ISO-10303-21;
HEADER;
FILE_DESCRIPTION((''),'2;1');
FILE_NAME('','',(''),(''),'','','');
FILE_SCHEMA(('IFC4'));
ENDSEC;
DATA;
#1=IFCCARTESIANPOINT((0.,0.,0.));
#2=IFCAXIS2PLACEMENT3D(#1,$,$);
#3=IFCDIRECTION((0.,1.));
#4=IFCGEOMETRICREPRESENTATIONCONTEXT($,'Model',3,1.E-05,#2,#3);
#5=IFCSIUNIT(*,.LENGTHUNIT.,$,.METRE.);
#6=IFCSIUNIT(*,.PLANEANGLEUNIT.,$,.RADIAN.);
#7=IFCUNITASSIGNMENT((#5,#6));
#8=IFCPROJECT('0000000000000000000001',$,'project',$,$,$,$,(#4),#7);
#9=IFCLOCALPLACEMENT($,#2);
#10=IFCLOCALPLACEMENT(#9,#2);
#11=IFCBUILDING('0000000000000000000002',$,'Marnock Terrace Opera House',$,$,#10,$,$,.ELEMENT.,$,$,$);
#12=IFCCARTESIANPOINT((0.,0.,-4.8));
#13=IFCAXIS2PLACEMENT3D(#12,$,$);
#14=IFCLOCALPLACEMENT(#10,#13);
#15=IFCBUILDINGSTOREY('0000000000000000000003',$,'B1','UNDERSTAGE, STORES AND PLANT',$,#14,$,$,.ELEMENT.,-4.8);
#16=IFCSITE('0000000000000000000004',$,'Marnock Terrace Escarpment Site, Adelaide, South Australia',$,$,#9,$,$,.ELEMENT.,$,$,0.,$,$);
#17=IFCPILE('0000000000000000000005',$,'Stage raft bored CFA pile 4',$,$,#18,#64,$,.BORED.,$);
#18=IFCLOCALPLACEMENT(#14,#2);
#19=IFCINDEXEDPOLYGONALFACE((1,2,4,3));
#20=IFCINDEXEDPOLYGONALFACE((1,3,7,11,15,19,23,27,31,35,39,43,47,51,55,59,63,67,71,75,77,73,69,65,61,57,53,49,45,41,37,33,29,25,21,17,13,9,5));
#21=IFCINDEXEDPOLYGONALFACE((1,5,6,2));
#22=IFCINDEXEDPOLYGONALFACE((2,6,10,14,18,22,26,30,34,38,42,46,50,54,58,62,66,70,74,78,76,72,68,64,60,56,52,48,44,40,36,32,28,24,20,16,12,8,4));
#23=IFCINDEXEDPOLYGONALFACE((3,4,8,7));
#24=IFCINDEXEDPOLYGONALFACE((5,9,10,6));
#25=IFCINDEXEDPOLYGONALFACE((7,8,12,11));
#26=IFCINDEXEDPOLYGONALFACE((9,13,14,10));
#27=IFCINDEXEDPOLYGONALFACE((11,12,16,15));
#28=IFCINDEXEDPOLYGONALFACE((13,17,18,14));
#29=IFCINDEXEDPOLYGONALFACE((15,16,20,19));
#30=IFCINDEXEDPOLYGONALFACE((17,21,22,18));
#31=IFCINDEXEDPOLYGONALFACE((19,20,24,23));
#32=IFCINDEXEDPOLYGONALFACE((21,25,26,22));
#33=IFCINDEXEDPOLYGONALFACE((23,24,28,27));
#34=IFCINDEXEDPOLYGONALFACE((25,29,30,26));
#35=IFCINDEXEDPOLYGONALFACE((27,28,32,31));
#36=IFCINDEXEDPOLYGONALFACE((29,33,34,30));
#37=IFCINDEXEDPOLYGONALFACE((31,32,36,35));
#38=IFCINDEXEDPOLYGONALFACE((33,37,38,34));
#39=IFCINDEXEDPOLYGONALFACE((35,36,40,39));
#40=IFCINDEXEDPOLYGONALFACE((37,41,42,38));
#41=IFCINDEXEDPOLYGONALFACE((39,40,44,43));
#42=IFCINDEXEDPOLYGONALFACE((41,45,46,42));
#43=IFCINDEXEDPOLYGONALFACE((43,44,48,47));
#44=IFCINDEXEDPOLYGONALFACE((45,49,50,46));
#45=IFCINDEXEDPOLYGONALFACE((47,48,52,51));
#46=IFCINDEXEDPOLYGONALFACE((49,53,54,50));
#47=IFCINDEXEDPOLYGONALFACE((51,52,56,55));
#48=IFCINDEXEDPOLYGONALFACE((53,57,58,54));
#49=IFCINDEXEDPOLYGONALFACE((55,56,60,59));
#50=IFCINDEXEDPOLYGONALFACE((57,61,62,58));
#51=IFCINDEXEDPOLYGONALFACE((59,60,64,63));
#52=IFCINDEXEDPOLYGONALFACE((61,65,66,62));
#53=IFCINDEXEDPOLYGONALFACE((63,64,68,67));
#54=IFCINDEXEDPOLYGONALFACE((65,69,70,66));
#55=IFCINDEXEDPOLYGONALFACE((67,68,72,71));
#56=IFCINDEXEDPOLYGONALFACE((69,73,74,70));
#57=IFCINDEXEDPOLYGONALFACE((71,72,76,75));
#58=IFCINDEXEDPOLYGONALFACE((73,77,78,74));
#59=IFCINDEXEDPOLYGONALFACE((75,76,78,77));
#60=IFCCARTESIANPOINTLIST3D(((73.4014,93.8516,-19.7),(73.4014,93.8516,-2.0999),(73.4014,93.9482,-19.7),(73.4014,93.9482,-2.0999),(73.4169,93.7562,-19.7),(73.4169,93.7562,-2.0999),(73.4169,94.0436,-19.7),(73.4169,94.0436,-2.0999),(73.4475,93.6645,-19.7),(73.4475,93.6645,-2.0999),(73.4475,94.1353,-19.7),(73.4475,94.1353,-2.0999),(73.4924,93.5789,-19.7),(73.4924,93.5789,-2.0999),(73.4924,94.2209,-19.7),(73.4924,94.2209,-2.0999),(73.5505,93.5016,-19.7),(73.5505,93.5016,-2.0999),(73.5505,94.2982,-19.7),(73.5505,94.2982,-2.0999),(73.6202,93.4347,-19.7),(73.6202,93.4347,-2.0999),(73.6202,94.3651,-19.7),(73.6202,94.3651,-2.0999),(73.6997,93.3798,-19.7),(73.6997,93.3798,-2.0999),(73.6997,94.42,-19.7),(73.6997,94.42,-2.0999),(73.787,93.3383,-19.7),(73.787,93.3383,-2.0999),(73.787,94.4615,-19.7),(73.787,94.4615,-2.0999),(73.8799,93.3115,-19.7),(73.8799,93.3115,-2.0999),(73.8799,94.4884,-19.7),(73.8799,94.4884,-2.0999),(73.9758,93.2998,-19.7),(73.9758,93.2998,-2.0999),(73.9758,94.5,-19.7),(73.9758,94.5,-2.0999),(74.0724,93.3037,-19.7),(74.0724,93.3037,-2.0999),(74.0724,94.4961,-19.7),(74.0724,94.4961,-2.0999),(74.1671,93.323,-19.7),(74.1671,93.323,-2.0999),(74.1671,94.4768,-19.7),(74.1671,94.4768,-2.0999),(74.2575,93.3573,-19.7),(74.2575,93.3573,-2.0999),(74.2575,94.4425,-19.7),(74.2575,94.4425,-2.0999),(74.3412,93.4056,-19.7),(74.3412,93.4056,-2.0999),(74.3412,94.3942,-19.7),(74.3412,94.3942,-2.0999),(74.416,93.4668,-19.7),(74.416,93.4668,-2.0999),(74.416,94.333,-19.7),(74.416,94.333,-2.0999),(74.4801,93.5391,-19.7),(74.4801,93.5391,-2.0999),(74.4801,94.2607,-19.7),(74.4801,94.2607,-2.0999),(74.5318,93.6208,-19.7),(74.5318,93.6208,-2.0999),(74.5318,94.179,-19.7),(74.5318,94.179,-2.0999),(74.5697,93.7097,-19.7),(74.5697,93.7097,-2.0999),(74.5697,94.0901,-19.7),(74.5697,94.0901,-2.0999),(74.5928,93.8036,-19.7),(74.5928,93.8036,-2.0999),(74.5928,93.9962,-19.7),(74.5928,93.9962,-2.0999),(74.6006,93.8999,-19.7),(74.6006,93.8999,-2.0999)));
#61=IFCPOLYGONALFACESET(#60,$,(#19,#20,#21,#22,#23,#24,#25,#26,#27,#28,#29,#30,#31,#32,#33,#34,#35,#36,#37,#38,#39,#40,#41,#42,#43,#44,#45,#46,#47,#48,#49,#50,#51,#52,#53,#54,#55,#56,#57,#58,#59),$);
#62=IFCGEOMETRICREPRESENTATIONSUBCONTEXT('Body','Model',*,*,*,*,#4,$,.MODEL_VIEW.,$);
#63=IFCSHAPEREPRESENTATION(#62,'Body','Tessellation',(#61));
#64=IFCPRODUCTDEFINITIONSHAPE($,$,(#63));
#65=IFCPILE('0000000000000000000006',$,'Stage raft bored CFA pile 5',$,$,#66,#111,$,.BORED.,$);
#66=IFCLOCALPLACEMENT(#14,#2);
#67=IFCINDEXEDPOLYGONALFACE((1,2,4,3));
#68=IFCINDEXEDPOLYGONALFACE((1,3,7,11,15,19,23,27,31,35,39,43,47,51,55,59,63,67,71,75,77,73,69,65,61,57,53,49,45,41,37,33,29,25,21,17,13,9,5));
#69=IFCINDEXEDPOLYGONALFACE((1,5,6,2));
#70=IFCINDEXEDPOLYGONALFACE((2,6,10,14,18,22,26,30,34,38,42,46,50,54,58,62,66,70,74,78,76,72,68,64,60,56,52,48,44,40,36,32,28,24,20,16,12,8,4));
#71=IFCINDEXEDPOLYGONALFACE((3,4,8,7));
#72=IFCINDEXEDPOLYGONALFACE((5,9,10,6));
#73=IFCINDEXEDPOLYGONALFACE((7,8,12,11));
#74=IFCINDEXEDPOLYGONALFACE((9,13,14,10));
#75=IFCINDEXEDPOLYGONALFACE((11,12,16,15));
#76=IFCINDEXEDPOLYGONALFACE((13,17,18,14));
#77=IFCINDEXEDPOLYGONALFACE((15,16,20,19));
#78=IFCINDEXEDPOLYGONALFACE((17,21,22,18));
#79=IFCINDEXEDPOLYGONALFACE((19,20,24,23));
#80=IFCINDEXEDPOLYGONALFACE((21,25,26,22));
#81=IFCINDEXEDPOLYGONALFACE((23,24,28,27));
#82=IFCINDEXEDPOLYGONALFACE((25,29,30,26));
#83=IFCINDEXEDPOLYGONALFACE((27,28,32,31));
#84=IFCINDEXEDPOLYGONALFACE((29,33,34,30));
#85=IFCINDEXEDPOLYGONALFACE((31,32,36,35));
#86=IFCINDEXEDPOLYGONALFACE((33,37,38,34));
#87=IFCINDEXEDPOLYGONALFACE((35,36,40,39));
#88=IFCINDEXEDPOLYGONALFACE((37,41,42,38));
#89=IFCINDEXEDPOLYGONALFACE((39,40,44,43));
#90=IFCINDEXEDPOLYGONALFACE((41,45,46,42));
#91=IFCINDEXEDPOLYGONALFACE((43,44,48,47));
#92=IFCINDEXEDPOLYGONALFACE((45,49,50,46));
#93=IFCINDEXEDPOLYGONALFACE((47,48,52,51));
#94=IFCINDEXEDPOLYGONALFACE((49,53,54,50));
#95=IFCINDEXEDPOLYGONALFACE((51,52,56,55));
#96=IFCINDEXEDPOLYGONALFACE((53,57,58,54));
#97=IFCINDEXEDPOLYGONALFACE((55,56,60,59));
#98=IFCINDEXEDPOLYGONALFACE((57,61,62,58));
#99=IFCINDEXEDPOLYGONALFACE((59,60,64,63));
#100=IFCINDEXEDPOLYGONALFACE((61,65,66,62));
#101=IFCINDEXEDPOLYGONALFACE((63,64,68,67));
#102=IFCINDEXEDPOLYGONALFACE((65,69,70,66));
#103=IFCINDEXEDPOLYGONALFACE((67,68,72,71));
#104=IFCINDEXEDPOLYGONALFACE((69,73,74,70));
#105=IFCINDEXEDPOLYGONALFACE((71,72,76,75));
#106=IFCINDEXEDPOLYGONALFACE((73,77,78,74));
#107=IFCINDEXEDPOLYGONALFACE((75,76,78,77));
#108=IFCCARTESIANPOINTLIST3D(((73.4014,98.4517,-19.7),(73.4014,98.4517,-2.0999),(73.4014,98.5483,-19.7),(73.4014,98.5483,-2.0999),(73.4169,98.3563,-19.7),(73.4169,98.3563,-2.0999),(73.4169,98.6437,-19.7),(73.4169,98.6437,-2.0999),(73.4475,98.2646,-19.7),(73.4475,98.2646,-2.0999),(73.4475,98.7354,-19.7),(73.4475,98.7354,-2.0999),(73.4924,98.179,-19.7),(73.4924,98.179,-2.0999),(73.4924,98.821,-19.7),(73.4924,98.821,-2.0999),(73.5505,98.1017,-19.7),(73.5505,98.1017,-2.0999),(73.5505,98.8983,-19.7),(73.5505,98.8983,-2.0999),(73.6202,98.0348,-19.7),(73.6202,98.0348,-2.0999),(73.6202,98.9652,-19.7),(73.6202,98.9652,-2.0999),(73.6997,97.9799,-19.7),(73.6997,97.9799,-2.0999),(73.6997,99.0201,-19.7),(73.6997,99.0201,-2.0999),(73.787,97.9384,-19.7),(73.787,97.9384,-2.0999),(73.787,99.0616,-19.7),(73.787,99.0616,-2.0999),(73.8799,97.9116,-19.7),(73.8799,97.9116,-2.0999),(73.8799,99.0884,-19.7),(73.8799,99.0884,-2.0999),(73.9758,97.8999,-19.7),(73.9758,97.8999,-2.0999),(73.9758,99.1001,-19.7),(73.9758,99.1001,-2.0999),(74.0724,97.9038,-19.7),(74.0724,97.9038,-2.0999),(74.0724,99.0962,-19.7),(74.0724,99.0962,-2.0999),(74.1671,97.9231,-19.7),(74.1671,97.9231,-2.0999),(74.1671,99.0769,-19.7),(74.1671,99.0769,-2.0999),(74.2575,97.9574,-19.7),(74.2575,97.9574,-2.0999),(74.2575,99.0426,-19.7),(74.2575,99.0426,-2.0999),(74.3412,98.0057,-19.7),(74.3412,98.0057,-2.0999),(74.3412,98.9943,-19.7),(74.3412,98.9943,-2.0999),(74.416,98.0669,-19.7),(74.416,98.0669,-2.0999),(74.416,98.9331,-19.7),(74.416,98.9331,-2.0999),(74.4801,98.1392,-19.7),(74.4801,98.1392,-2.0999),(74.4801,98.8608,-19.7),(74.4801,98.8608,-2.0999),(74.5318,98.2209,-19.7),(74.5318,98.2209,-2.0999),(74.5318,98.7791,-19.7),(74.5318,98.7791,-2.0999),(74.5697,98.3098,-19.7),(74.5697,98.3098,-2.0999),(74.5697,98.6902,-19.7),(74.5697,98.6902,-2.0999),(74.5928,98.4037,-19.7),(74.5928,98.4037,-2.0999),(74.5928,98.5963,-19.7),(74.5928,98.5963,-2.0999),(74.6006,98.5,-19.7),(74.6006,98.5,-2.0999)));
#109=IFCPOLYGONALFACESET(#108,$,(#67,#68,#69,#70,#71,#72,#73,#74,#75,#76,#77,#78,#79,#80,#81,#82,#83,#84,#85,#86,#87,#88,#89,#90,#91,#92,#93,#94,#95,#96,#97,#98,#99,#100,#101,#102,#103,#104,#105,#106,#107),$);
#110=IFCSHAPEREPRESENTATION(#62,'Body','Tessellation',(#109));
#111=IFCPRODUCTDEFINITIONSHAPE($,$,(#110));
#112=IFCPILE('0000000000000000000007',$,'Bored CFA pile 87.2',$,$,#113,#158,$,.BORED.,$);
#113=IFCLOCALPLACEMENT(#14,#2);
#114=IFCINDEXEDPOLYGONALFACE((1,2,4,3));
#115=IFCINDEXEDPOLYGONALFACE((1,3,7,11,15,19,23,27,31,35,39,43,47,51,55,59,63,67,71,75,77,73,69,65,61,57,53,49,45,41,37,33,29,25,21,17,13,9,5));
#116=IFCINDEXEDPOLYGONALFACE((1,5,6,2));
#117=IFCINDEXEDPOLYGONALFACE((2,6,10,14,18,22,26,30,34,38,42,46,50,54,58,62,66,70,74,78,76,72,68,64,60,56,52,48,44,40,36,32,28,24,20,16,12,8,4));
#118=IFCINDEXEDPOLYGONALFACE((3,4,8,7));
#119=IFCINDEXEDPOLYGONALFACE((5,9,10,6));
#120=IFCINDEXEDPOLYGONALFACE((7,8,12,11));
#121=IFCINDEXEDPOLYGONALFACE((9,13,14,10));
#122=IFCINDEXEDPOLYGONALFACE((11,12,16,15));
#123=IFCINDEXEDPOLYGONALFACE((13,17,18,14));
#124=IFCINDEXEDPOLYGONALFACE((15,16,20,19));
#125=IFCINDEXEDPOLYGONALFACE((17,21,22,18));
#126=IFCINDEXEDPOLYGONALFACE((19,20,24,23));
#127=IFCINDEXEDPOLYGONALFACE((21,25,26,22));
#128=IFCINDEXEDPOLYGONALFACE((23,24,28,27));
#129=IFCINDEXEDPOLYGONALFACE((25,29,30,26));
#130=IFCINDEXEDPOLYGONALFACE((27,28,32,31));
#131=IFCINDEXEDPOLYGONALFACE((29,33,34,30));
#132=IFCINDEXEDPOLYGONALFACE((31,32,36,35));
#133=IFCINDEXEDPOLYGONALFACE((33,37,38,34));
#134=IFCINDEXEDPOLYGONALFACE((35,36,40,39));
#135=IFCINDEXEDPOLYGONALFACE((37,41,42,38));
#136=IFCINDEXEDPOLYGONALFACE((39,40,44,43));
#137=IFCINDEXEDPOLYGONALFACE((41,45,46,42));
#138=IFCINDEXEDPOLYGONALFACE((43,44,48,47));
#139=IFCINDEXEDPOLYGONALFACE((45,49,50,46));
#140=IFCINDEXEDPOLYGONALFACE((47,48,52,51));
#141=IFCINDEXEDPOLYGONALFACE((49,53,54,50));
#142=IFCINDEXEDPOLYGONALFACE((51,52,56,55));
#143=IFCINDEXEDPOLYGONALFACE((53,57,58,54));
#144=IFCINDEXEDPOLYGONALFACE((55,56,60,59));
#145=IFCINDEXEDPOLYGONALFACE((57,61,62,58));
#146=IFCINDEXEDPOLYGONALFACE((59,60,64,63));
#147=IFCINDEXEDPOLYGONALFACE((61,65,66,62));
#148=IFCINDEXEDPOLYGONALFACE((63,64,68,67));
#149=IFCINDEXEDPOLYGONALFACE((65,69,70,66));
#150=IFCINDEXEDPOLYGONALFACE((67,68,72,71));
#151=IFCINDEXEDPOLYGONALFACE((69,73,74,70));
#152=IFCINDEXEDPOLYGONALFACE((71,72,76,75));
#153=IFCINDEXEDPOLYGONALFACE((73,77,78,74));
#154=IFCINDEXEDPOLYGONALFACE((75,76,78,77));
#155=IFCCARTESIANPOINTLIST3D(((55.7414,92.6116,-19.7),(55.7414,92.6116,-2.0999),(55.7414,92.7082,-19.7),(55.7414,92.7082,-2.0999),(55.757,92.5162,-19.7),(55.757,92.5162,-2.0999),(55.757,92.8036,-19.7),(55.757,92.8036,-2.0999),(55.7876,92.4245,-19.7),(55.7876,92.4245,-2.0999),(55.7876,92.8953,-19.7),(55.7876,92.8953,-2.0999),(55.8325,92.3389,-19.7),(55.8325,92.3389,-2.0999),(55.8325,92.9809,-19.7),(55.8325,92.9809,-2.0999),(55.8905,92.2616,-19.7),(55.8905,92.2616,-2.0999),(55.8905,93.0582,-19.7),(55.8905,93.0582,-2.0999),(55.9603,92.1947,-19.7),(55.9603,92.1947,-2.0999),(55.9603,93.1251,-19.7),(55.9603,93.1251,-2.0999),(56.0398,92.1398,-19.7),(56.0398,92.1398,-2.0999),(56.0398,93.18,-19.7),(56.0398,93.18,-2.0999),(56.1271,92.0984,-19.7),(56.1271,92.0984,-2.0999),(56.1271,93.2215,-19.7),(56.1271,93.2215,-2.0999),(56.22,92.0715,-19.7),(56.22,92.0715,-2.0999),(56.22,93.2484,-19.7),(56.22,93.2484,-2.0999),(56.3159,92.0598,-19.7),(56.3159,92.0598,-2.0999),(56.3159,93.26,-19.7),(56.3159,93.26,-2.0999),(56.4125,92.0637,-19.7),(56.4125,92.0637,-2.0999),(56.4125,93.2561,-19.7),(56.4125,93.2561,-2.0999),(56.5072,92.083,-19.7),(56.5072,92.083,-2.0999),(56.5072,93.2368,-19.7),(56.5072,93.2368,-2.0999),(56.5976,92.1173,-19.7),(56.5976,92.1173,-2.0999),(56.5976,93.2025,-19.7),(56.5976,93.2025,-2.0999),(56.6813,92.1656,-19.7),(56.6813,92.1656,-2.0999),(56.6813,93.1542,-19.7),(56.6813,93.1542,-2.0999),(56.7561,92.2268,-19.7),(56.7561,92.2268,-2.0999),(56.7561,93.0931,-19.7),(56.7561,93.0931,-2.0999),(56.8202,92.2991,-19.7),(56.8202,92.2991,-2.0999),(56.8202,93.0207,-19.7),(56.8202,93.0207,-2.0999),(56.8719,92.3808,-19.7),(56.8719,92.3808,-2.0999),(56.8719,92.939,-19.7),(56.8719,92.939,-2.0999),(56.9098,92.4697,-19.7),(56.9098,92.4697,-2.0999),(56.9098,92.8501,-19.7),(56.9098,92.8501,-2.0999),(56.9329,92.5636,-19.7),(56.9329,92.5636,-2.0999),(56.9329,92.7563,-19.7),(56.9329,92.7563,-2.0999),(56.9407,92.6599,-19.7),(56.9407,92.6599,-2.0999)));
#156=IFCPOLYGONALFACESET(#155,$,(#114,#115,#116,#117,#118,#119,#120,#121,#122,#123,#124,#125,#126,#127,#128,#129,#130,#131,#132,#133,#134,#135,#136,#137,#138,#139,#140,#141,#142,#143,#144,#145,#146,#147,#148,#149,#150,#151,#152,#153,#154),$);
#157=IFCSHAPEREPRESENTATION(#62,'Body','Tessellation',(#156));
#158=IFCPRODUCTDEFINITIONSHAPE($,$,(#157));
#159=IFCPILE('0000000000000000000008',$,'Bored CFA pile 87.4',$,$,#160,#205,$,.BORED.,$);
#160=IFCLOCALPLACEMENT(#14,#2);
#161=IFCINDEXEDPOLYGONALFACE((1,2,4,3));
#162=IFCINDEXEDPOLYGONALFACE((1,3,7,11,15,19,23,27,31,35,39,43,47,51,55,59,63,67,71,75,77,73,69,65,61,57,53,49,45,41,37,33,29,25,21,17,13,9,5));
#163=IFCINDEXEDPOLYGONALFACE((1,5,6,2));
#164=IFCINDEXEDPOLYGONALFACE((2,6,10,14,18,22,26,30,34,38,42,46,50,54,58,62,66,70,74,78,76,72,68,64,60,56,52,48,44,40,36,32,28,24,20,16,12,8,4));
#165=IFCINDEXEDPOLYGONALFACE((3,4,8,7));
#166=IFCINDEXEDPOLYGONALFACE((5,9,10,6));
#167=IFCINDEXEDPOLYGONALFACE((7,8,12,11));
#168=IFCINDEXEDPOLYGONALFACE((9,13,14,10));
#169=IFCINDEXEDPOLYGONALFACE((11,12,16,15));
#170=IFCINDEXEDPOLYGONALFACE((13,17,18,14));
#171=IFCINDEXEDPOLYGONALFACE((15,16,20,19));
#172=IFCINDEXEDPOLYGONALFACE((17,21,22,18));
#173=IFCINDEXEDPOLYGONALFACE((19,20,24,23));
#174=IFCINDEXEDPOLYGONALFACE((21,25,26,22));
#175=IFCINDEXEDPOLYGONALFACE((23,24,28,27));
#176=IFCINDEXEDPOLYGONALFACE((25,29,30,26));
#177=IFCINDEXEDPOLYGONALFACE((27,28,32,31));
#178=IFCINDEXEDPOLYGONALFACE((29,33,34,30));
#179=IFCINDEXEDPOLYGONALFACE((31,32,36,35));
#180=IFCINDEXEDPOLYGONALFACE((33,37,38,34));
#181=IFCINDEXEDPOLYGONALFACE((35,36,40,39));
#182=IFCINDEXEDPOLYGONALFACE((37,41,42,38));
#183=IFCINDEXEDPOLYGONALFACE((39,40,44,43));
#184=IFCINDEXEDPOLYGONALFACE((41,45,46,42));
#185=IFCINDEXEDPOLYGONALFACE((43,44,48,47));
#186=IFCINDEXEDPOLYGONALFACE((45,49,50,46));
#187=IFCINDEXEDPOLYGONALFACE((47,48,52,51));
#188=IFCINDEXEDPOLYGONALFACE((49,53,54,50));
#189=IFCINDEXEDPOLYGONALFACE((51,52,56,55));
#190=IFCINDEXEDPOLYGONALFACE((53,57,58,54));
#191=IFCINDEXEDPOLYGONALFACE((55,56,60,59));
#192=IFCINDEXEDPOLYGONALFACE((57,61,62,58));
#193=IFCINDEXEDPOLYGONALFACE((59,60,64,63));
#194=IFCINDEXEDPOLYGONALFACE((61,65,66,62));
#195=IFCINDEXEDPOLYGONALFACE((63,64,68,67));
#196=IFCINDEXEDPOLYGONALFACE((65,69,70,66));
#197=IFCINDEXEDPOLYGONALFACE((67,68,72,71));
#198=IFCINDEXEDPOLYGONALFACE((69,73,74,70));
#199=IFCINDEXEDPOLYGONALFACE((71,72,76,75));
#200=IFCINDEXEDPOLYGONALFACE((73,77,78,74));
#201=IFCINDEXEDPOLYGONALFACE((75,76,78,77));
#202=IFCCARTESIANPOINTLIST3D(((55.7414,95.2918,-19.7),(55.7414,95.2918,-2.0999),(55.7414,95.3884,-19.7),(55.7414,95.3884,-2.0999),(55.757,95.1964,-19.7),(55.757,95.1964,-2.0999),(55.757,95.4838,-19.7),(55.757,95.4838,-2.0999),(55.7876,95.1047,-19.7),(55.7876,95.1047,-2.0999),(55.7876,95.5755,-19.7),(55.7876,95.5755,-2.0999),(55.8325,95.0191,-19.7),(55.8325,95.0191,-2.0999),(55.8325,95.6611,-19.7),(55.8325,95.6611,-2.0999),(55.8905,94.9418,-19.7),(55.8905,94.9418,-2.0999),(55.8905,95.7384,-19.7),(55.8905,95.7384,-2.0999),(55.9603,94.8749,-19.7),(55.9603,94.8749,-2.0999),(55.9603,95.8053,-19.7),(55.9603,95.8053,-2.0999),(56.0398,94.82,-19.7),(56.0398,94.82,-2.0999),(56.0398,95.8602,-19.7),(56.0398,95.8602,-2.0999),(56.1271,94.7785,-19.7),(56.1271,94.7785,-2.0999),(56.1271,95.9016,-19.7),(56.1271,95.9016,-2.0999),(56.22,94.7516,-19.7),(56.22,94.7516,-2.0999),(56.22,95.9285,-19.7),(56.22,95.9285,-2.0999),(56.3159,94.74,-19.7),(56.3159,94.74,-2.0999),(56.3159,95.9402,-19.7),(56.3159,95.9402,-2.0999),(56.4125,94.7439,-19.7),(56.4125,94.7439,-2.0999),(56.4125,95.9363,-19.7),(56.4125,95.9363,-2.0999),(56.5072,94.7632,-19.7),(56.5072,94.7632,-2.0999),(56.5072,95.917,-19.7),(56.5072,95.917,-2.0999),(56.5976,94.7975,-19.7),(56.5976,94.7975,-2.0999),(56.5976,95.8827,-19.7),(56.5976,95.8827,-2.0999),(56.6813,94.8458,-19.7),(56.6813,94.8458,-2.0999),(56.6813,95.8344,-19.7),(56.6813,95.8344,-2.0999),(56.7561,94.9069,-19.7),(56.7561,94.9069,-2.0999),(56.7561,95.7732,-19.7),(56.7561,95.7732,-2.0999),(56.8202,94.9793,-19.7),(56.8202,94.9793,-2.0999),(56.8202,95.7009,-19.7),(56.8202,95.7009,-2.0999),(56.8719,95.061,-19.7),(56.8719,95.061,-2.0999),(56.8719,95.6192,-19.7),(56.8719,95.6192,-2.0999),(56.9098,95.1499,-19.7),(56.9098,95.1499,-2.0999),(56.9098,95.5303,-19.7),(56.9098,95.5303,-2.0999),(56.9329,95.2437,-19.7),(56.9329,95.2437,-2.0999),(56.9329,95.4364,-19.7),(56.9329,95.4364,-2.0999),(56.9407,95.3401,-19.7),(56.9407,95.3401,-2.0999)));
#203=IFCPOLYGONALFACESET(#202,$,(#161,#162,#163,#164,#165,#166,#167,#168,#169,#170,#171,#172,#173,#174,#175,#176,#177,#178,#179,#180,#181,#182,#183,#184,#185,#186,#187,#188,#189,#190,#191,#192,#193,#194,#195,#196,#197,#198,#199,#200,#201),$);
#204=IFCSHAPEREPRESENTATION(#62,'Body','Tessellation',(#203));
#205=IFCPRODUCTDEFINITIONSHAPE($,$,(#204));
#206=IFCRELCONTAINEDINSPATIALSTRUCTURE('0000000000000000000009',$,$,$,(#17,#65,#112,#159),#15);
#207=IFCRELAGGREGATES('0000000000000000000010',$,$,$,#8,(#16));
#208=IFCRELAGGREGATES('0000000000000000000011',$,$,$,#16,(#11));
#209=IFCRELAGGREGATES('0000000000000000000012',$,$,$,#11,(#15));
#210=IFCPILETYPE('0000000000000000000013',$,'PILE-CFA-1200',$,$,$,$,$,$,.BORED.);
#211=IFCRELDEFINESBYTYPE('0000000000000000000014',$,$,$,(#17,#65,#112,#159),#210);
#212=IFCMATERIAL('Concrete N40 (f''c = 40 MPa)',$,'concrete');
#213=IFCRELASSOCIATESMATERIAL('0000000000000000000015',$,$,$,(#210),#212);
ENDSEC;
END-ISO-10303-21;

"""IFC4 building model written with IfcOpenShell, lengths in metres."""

from ifc_helpers import new_model, si_unit, direction, frame, origin, origin_2d, place, context, subcontext, project, spatial, circle, extrude, material, material_profile, profile_set, type_object, element, save


model = new_model("IFC4")

# Units and contexts
model_context = context("Model", 3, precision=1e-05, world=origin(), true_north=direction((0.0, 1.0)))
body_context = subcontext(model_context, "Body", "Model", "MODEL_VIEW")
ifc_project = project(units=[si_unit("LENGTHUNIT", "METRE"), si_unit("PLANEANGLEUNIT", "RADIAN")], contexts=[model_context])

# Site, building, storey
site_placement = place(None, origin())
site = spatial("IfcSite", under=ifc_project, at=site_placement, Name="Marnock Terrace Escarpment Site, Adelaide, South Australia", CompositionType="ELEMENT", RefElevation=0.0)
building_placement = place(site_placement, origin())
building = spatial("IfcBuilding", under=site, at=building_placement, Name="Marnock Terrace Opera House", CompositionType="ELEMENT")
storey_placement = place(building_placement, frame((0.0, 0.0, -4.8)))
storey = spatial("IfcBuildingStorey", under=building, at=storey_placement, Name="B1", Description="UNDERSTAGE, STORES AND PLANT", CompositionType="ELEMENT", Elevation=-4.8)

# Shared definitions
ifc_material_1 = material(Name="Concrete N40 (f'c = 40 MPa)", Category="concrete")

# Piles
ifc_material_profile_1 = material_profile(ifc_material_1, circle(Radius=0.6006, at=origin_2d()))
ifc_profile_set_1 = profile_set([ifc_material_profile_1], Name="Concrete N40 (f'c = 40 MPa)")
pile_type = type_object("IfcPileType", Name="PILE-CFA-1200", PredefinedType="BORED", material=ifc_profile_set_1)
for number, where, z_axis, x_axis, name in (
    (1, (74.0, 93.8999, -2.0999), (0.0, 0.0, -1.0), (1.0, 0.0, 0.0), "Stage raft bored CFA pile 4"),
    (2, (74.0, 98.5, -2.0999), (0.0, 0.0, -1.0), (1.0, 0.0, 0.0), "Stage raft bored CFA pile 5"),
    (3, (56.3401, 92.6599, -2.0999), (0.0, 0.0, -1.0), (1.0, 0.0, 0.0), "Bored CFA pile 87.2"),
    (4, (56.3401, 95.3401, -2.0999), (0.0, 0.0, -1.0), (1.0, 0.0, 0.0), "Bored CFA pile 87.4"),
):
    element("IfcPile", number, at=place(storey_placement, frame(where, z_axis=z_axis, x_axis=x_axis)), inside=storey, type_object=pile_type, Name=name, PredefinedType="BORED", context=body_context, shape_type="SweptSolid", body=[
        extrude(circle(Radius=0.6006, at=origin_2d()), origin(), (0.0, 0.0, 1.0), 17.6001),
    ])

save(model, "model.ifc")
